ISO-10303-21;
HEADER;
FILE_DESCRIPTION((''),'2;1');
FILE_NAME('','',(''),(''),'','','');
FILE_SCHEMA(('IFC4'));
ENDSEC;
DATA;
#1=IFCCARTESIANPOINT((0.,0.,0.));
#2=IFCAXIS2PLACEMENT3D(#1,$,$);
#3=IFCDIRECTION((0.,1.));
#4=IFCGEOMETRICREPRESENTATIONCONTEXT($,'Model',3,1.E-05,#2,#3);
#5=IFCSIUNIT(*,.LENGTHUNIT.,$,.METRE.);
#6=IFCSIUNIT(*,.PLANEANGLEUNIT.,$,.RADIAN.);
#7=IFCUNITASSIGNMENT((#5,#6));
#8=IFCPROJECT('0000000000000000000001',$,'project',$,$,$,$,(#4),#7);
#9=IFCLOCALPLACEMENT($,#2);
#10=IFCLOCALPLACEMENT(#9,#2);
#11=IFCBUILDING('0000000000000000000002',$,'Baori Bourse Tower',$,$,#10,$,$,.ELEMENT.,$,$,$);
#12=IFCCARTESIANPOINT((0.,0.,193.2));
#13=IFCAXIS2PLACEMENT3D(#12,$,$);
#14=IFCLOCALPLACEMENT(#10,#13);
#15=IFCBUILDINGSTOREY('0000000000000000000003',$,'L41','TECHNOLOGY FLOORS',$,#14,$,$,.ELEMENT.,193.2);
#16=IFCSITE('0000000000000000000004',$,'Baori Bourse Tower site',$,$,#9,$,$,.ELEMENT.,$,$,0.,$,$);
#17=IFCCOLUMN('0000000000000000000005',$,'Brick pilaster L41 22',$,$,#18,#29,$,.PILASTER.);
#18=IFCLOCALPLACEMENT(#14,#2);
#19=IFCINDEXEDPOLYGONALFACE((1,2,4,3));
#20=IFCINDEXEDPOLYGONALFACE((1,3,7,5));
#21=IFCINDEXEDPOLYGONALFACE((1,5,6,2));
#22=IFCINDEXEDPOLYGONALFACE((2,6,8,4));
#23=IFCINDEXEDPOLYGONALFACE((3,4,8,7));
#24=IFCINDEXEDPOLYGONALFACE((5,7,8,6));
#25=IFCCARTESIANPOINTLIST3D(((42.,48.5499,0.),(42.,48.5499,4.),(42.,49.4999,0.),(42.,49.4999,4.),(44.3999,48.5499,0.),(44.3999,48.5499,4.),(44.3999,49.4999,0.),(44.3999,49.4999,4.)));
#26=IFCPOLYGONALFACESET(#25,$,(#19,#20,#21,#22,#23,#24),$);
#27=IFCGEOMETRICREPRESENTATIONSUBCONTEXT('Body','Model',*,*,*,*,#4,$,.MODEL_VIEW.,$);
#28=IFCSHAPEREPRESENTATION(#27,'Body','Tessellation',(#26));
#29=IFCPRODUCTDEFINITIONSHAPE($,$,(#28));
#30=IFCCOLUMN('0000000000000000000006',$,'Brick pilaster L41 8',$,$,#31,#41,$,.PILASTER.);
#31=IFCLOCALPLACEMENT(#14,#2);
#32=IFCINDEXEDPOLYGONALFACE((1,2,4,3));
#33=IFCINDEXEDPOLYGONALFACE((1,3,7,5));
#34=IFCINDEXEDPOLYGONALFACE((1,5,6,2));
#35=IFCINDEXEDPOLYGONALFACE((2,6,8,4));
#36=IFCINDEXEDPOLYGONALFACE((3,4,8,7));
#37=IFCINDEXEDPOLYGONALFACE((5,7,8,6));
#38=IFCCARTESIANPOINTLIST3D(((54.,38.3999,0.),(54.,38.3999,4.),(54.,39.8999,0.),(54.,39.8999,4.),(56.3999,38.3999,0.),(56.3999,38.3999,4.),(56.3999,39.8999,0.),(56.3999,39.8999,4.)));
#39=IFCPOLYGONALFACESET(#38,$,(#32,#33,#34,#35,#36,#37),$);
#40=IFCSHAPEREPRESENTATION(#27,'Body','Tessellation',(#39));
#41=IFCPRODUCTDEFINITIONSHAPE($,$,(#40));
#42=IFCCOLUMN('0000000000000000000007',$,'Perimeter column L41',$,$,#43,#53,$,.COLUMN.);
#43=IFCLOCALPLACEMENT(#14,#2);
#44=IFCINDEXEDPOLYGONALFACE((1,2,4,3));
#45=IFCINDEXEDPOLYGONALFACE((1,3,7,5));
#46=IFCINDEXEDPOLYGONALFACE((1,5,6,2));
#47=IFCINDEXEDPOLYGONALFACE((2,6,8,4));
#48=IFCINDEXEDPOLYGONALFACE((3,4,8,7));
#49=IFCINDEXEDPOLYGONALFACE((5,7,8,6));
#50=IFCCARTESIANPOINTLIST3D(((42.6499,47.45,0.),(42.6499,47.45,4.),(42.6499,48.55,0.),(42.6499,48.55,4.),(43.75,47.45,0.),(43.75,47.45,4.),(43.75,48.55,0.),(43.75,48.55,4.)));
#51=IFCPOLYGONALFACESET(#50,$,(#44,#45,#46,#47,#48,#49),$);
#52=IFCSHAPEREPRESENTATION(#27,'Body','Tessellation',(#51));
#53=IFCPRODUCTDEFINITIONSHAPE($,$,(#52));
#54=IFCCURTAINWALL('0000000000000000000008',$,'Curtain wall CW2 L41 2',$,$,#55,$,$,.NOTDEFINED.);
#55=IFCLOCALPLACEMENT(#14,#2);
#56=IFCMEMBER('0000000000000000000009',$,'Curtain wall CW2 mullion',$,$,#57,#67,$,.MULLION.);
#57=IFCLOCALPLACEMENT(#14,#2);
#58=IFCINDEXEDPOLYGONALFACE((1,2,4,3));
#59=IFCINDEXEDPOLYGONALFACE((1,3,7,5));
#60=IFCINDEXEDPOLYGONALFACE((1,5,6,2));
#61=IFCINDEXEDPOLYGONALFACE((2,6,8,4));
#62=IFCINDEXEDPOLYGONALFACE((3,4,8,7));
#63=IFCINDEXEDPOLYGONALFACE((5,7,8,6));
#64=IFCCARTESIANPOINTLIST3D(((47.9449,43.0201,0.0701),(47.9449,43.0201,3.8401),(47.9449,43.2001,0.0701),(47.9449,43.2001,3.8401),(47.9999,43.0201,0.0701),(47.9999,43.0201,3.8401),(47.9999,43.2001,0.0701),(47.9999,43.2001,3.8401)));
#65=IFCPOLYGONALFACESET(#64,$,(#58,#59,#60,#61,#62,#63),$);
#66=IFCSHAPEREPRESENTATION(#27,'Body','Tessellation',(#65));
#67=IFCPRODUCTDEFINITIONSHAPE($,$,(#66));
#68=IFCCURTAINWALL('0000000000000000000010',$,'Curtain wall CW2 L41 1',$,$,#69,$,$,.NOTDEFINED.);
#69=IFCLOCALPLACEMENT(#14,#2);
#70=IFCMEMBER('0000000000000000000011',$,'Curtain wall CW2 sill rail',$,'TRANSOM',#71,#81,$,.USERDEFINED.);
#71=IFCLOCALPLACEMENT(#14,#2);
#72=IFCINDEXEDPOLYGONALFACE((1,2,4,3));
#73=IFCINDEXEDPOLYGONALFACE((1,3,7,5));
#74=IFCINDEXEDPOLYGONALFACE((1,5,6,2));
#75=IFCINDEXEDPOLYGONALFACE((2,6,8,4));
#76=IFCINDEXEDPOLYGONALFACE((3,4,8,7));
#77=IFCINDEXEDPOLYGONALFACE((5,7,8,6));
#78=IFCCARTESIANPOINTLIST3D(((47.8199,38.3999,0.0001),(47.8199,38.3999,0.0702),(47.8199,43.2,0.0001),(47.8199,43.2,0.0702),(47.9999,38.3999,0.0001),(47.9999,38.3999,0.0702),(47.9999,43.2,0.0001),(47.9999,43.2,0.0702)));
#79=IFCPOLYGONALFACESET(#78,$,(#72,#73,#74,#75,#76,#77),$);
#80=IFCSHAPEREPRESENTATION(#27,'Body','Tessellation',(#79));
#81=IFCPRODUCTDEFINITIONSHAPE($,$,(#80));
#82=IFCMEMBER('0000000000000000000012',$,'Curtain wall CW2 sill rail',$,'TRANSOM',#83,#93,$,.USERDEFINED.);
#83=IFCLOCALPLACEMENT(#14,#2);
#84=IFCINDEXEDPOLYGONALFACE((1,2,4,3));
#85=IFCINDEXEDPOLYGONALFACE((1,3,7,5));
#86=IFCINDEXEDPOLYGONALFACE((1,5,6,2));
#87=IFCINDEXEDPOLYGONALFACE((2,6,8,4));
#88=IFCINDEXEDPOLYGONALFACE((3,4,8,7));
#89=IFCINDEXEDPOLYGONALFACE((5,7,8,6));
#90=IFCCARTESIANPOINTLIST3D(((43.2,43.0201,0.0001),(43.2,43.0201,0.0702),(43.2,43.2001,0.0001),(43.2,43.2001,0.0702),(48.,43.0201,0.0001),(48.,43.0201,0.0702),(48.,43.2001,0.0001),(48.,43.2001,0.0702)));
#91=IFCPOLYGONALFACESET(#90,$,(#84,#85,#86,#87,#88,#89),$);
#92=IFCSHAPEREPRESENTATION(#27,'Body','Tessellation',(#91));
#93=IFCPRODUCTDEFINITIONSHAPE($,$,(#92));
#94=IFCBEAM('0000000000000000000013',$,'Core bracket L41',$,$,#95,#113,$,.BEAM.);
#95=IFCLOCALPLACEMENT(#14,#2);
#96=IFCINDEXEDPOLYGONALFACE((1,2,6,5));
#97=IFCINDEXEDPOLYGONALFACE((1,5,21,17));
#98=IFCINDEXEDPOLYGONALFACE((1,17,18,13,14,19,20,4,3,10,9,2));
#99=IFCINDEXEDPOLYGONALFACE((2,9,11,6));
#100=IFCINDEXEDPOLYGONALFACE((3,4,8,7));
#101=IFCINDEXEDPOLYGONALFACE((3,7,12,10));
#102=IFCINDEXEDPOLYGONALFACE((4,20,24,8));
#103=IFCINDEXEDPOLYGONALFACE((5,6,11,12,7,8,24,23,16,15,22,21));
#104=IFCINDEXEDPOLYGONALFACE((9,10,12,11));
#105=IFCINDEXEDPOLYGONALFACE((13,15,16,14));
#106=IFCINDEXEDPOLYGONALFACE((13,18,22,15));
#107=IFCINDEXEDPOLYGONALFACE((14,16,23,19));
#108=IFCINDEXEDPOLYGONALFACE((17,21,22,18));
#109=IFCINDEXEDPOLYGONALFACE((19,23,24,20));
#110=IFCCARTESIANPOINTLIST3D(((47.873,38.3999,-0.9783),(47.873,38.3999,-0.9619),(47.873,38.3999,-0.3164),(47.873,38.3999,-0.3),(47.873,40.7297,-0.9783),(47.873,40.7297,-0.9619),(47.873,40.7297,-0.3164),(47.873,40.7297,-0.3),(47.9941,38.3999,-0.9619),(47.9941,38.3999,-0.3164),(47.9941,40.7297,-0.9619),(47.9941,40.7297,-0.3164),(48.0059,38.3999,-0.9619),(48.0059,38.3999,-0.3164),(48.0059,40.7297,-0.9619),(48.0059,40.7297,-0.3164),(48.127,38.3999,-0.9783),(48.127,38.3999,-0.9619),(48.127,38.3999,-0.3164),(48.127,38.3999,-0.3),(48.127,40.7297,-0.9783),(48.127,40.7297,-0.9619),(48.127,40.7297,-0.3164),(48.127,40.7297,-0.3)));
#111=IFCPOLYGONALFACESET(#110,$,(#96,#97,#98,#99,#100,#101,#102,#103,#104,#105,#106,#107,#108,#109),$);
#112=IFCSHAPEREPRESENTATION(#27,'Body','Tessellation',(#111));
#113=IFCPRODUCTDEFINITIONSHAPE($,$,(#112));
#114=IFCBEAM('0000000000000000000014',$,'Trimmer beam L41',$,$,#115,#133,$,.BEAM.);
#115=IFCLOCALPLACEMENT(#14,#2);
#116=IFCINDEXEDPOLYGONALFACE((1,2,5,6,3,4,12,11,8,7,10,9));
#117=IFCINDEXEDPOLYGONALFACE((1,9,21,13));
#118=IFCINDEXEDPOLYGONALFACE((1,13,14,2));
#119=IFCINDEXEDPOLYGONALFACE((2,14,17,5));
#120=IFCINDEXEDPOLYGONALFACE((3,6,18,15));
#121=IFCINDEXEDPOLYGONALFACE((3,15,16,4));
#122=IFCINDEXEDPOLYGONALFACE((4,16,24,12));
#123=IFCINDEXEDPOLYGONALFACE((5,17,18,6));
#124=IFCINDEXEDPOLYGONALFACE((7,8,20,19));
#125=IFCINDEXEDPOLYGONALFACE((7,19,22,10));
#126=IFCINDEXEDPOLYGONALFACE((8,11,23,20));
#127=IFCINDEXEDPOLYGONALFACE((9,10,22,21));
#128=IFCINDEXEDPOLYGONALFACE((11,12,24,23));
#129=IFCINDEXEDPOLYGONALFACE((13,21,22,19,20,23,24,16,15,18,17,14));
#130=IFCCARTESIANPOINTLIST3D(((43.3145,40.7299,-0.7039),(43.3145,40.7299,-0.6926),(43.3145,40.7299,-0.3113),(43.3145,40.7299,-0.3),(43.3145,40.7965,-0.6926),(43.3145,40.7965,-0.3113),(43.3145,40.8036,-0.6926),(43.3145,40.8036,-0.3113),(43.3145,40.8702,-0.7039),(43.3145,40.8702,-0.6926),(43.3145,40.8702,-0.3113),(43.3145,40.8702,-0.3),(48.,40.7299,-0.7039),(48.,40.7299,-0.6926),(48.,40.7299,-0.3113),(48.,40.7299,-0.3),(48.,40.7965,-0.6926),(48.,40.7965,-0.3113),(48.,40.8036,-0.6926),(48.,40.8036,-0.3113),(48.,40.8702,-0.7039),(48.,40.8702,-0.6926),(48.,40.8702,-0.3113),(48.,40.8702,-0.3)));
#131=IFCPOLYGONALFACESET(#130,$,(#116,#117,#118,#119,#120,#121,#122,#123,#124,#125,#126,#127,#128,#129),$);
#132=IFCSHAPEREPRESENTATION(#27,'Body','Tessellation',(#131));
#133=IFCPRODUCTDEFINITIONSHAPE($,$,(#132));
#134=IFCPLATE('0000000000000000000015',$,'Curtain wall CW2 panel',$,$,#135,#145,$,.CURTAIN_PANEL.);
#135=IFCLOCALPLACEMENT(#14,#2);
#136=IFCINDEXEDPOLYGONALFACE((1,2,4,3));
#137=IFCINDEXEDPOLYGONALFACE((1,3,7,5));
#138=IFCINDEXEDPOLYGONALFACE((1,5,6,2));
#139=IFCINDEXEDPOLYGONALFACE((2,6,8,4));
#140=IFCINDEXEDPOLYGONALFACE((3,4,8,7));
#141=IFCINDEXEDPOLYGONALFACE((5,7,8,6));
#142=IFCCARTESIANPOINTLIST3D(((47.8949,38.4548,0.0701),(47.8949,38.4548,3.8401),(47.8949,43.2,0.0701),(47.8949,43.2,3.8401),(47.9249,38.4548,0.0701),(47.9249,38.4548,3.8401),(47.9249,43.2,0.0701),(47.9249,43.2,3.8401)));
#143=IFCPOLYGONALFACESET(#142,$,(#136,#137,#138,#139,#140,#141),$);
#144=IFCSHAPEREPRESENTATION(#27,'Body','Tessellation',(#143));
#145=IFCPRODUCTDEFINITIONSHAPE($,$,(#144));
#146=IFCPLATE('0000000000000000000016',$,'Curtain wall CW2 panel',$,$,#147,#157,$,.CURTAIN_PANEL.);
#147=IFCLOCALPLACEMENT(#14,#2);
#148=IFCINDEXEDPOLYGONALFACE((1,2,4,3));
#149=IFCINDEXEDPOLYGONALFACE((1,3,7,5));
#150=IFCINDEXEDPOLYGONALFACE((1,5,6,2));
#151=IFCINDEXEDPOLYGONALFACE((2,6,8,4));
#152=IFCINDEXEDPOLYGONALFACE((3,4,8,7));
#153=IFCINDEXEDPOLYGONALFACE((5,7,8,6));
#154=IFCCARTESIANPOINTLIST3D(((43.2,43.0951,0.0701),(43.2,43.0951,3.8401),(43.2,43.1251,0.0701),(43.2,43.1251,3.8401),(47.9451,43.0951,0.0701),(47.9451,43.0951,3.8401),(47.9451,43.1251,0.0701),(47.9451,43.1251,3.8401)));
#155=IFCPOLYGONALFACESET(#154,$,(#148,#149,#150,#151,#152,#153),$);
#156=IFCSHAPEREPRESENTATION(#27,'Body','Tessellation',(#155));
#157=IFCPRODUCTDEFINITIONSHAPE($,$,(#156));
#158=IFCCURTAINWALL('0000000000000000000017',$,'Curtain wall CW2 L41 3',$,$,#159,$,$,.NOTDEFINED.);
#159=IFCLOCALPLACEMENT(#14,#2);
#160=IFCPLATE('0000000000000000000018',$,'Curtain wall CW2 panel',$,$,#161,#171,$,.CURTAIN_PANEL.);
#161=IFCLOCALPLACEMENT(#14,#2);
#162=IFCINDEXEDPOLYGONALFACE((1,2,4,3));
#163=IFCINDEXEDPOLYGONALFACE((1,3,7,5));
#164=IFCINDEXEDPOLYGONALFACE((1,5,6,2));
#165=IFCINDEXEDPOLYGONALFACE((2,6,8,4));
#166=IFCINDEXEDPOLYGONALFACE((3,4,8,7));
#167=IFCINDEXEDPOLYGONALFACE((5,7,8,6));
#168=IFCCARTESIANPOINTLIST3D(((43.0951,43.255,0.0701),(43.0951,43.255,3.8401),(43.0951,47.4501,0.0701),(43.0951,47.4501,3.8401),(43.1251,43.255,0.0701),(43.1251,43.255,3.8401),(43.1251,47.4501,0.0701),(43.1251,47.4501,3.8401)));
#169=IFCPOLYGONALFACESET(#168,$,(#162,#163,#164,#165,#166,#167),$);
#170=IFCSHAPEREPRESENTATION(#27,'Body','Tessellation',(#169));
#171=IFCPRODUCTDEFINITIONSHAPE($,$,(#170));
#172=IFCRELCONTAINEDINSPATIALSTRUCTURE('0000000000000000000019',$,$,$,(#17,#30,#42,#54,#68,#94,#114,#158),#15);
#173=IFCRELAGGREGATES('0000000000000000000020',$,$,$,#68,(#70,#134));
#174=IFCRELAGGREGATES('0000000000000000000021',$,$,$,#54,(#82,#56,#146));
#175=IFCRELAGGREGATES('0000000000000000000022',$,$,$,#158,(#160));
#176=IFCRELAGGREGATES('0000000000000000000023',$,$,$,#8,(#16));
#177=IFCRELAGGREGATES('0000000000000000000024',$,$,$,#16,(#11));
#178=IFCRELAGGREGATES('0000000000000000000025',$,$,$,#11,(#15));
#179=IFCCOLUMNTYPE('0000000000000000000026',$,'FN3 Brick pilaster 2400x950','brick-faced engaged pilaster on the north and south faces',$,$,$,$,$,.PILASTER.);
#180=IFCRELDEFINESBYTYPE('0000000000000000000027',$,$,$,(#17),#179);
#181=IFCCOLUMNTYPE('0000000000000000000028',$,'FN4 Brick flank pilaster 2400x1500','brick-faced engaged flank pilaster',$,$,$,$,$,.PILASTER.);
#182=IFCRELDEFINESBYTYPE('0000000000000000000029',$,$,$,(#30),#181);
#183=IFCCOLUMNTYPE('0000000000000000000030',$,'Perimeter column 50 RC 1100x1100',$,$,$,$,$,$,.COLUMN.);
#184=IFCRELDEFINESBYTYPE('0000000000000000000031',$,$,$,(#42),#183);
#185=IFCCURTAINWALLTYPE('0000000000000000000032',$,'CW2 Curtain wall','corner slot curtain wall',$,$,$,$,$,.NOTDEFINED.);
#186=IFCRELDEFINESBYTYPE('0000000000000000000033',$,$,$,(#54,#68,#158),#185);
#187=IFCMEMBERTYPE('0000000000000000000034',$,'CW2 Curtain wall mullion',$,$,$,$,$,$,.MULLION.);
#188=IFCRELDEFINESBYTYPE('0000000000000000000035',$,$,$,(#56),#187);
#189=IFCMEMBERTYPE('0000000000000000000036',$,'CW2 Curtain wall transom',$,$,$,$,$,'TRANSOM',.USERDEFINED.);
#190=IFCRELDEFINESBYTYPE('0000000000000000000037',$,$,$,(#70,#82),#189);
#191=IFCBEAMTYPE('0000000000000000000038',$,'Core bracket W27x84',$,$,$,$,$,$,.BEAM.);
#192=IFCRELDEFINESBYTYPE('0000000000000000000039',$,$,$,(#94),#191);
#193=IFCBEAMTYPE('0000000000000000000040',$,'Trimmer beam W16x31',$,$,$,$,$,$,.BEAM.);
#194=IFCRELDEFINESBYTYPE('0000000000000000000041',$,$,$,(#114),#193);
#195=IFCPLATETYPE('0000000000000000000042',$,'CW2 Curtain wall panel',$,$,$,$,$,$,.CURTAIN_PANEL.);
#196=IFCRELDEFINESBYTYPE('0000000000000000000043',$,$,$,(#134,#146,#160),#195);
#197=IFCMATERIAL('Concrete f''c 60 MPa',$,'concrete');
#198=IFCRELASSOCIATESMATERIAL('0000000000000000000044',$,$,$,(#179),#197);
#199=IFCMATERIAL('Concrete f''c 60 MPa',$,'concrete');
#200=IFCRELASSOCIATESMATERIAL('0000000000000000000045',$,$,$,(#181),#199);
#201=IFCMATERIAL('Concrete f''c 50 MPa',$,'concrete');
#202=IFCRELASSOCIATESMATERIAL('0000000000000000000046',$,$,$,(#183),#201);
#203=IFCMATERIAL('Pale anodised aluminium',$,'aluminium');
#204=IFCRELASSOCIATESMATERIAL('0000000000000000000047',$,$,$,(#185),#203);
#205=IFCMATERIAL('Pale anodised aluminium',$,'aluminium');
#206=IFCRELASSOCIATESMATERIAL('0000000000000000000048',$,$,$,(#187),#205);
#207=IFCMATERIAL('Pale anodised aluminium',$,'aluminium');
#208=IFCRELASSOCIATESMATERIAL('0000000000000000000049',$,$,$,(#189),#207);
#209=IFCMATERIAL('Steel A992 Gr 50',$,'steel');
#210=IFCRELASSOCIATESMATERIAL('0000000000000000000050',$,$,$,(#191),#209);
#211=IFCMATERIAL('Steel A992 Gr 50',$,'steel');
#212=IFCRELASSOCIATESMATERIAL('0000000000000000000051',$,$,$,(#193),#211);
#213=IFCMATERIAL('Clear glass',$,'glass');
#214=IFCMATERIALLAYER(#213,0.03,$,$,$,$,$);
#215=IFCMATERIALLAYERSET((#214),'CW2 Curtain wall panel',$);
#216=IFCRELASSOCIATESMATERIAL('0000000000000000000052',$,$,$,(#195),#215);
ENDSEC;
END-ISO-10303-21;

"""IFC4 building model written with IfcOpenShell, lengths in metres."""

from ifc_helpers import new_model, si_unit, direction, frame, origin, origin_2d, place, context, subcontext, project, spatial, rectangle, i_section, extrude, material, layer, layer_set, material_profile, profile_set, type_object, element, aggregate, save


model = new_model("IFC4")

# Units and contexts
model_context = context("Model", 3, precision=1e-05, world=origin(), true_north=direction((0.0, 1.0)))
body_context = subcontext(model_context, "Body", "Model", "MODEL_VIEW")
ifc_project = project(units=[si_unit("LENGTHUNIT", "METRE"), si_unit("PLANEANGLEUNIT", "RADIAN")], contexts=[model_context])

# Site, building, storey
site_placement = place(None, origin())
site = spatial("IfcSite", under=ifc_project, at=site_placement, Name="Baori Bourse Tower site", CompositionType="ELEMENT", RefElevation=0.0)
building_placement = place(site_placement, origin())
building = spatial("IfcBuilding", under=site, at=building_placement, Name="Baori Bourse Tower", CompositionType="ELEMENT")
storey_placement = place(building_placement, frame((0.0, 0.0, 193.2)))
storey = spatial("IfcBuildingStorey", under=building, at=storey_placement, Name="L41", Description="TECHNOLOGY FLOORS", CompositionType="ELEMENT", Elevation=193.2)

# Columns
ifc_material_1 = material(Name="Concrete f'c 60 MPa", Category="concrete")
ifc_material_profile_1 = material_profile(ifc_material_1, rectangle(XDim=2.3999, YDim=0.95, at=origin_2d()), Name="RC 2400x950")
ifc_profile_set_1 = profile_set([ifc_material_profile_1], Name="Concrete f'c 60 MPa")
column_type_1 = type_object("IfcColumnType", Name="FN3 Brick pilaster 2400x950", Description="brick-faced engaged pilaster on the north and south faces", PredefinedType="PILASTER", material=ifc_profile_set_1)
column_1_placement = place(storey_placement, frame((43.2, 49.0249, 0.0), z_axis=(0.0, 0.0, 1.0), x_axis=(1.0, 0.0, 0.0)))
element("IfcColumn", 1, at=column_1_placement, inside=storey, type_object=column_type_1, Name="Brick pilaster L41 22", PredefinedType="PILASTER", context=body_context, shape_type="SweptSolid", body=[
    extrude(rectangle(XDim=2.3999, YDim=0.95, at=origin_2d()), origin(), (0.0, 0.0, 1.0), 4.0),
])
ifc_material_2 = material(Name="Concrete f'c 60 MPa", Category="concrete")
ifc_material_profile_2 = material_profile(ifc_material_2, rectangle(XDim=2.3999, YDim=1.5, at=origin_2d()), Name="RC 2400x1500")
ifc_profile_set_2 = profile_set([ifc_material_profile_2], Name="Concrete f'c 60 MPa")
column_type_2 = type_object("IfcColumnType", Name="FN4 Brick flank pilaster 2400x1500", Description="brick-faced engaged flank pilaster", PredefinedType="PILASTER", material=ifc_profile_set_2)
column_2_placement = place(storey_placement, frame((55.2, 39.1499, 0.0), z_axis=(0.0, 0.0, 1.0), x_axis=(1.0, 0.0, 0.0)))
element("IfcColumn", 2, at=column_2_placement, inside=storey, type_object=column_type_2, Name="Brick pilaster L41 8", PredefinedType="PILASTER", context=body_context, shape_type="SweptSolid", body=[
    extrude(rectangle(XDim=2.3999, YDim=1.5, at=origin_2d()), origin(), (0.0, 0.0, 1.0), 4.0),
])
ifc_material_3 = material(Name="Concrete f'c 50 MPa", Category="concrete")
ifc_material_profile_3 = material_profile(ifc_material_3, rectangle(XDim=1.1001, YDim=1.1001, at=origin_2d()), Name="RC 1100x1100")
ifc_profile_set_3 = profile_set([ifc_material_profile_3], Name="Concrete f'c 50 MPa")
column_type_3 = type_object("IfcColumnType", Name="Perimeter column 50 RC 1100x1100", PredefinedType="COLUMN", material=ifc_profile_set_3)
column_3_placement = place(storey_placement, frame((43.2, 48.0, 0.0), z_axis=(0.0, 0.0, 1.0), x_axis=(1.0, 0.0, 0.0)))
element("IfcColumn", 3, at=column_3_placement, inside=storey, type_object=column_type_3, Name="Perimeter column L41", PredefinedType="COLUMN", context=body_context, shape_type="SweptSolid", body=[
    extrude(rectangle(XDim=1.1001, YDim=1.1001, at=origin_2d()), origin(), (0.0, 0.0, 1.0), 4.0),
])

# Curtain walls, members
ifc_material_4 = material(Name="Pale anodised aluminium", Category="aluminium")
curtain_wall_type = type_object("IfcCurtainWallType", Name="CW2 Curtain wall", Description="corner slot curtain wall", PredefinedType="NOTDEFINED", material=ifc_material_4)
curtain_wall_1_placement = place(storey_placement, origin())
curtain_wall_1 = element("IfcCurtainWall", 4, at=curtain_wall_1_placement, inside=storey, type_object=curtain_wall_type, Name="Curtain wall CW2 L41 2", PredefinedType="NOTDEFINED")
ifc_material_5 = material(Name="Pale anodised aluminium", Category="aluminium")
ifc_material_profile_4 = material_profile(ifc_material_5, rectangle(XDim=0.1799, YDim=0.0549, at=origin_2d()), Name="Mullion 55x180")
ifc_profile_set_4 = profile_set([ifc_material_profile_4], Name="Pale anodised aluminium")
member_type_1 = type_object("IfcMemberType", Name="CW2 Curtain wall mullion", PredefinedType="MULLION", material=ifc_profile_set_4)
member_1_placement = place(storey_placement, frame((47.9724, 43.1101, 0.0701), z_axis=(0.0, 0.0, 1.0), x_axis=(0.0, -1.0, 0.0)))
member_1 = element("IfcMember", 5, at=member_1_placement, type_object=member_type_1, Name="Curtain wall CW2 mullion", PredefinedType="MULLION", context=body_context, shape_type="SweptSolid", body=[
    extrude(rectangle(XDim=0.1799, YDim=0.0549, at=origin_2d()), origin(), (0.0, 0.0, 1.0), 3.77),
])
curtain_wall_2_placement = place(storey_placement, origin())
curtain_wall_2 = element("IfcCurtainWall", 6, at=curtain_wall_2_placement, inside=storey, type_object=curtain_wall_type, Name="Curtain wall CW2 L41 1", PredefinedType="NOTDEFINED")
ifc_material_6 = material(Name="Pale anodised aluminium", Category="aluminium")
ifc_material_profile_5 = material_profile(ifc_material_6, rectangle(XDim=0.1799, YDim=0.0701, at=origin_2d()), Name="Transom 70x180")
ifc_profile_set_5 = profile_set([ifc_material_profile_5], Name="Pale anodised aluminium")
member_type_2 = type_object("IfcMemberType", Name="CW2 Curtain wall transom", ElementType="TRANSOM", PredefinedType="USERDEFINED", material=ifc_profile_set_5)
member_2_placement = place(storey_placement, frame((47.9099, 38.3999, 0.0352), z_axis=(0.0, 1.0, 0.0), x_axis=(-1.0, 0.0, 0.0)))
member_2 = element("IfcMember", 7, at=member_2_placement, type_object=member_type_2, Name="Curtain wall CW2 sill rail", ObjectType="TRANSOM", PredefinedType="USERDEFINED", context=body_context, shape_type="SweptSolid", body=[
    extrude(rectangle(XDim=0.1799, YDim=0.0701, at=origin_2d()), origin(), (0.0, 0.0, 1.0), 4.8),
])

# Member
member_3_placement = place(storey_placement, frame((48.0, 43.1101, 0.0352), z_axis=(-1.0, 0.0, 0.0), x_axis=(0.0, -1.0, 0.0)))
member_3 = element("IfcMember", 8, at=member_3_placement, type_object=member_type_2, Name="Curtain wall CW2 sill rail", ObjectType="TRANSOM", PredefinedType="USERDEFINED", context=body_context, shape_type="SweptSolid", body=[
    extrude(rectangle(XDim=0.1799, YDim=0.0701, at=origin_2d()), origin(), (0.0, 0.0, 1.0), 4.8),
])

# Beams
ifc_material_7 = material(Name="Steel A992 Gr 50", Category="steel")
ifc_material_profile_6 = material_profile(ifc_material_7, i_section(OverallWidth=0.2539, OverallDepth=0.6782, WebThickness=0.0117, FlangeThickness=0.0164, at=origin_2d()), Name="W27x84")
ifc_profile_set_6 = profile_set([ifc_material_profile_6], Name="Steel A992 Gr 50")
beam_type_1 = type_object("IfcBeamType", Name="Core bracket W27x84", PredefinedType="BEAM", material=ifc_profile_set_6)
beam_1_placement = place(storey_placement, frame((48.0, 38.3999, -0.6392), z_axis=(0.0, 1.0, 0.0), x_axis=(-1.0, 0.0, 0.0)))
element("IfcBeam", 9, at=beam_1_placement, inside=storey, type_object=beam_type_1, Name="Core bracket L41", PredefinedType="BEAM", context=body_context, shape_type="SweptSolid", body=[
    extrude(i_section(OverallWidth=0.2539, OverallDepth=0.6782, WebThickness=0.0117, FlangeThickness=0.0164, at=origin_2d()), origin(), (0.0, 0.0, 1.0), 2.3298),
])
ifc_material_8 = material(Name="Steel A992 Gr 50", Category="steel")
ifc_material_profile_7 = material_profile(ifc_material_8, i_section(OverallWidth=0.1404, OverallDepth=0.4038, WebThickness=0.0071, FlangeThickness=0.0112, at=origin_2d()), Name="W16x31")
ifc_profile_set_7 = profile_set([ifc_material_profile_7], Name="Steel A992 Gr 50")
beam_type_2 = type_object("IfcBeamType", Name="Trimmer beam W16x31", PredefinedType="BEAM", material=ifc_profile_set_7)
beam_2_placement = place(storey_placement, frame((43.3145, 40.8, -0.502), z_axis=(1.0, 0.0, 0.0), x_axis=(0.0, 1.0, 0.0)))
element("IfcBeam", 10, at=beam_2_placement, inside=storey, type_object=beam_type_2, Name="Trimmer beam L41", PredefinedType="BEAM", context=body_context, shape_type="SweptSolid", body=[
    extrude(i_section(OverallWidth=0.1404, OverallDepth=0.4038, WebThickness=0.0071, FlangeThickness=0.0112, at=origin_2d()), origin(), (0.0, 0.0, 1.0), 4.6855),
])

# Plates
ifc_material_9 = material(Name="Clear glass", Category="glass")
ifc_layer_1 = layer(ifc_material_9, 0.03)
ifc_layer_set_1 = layer_set([ifc_layer_1], Name="CW2 Curtain wall panel")
plate_type = type_object("IfcPlateType", Name="CW2 Curtain wall panel", PredefinedType="CURTAIN_PANEL", material=ifc_layer_set_1)
plate_1_placement = place(storey_placement, frame((47.9099, 40.8274, 0.0701), z_axis=(0.0, 0.0, 1.0), x_axis=(0.0, 1.0, 0.0)))
plate_1 = element("IfcPlate", 11, at=plate_1_placement, type_object=plate_type, Name="Curtain wall CW2 panel", PredefinedType="CURTAIN_PANEL", context=body_context, shape_type="SweptSolid", body=[
    extrude(rectangle(XDim=4.7451, YDim=0.03, at=origin_2d()), origin(), (0.0, 0.0, 1.0), 3.77),
])
aggregate(curtain_wall_2, [member_2, plate_1])
plate_2_placement = place(storey_placement, frame((45.5725, 43.1101, 0.0701), z_axis=(0.0, 0.0, 1.0), x_axis=(-1.0, 0.0, 0.0)))
plate_2 = element("IfcPlate", 12, at=plate_2_placement, type_object=plate_type, Name="Curtain wall CW2 panel", PredefinedType="CURTAIN_PANEL", context=body_context, shape_type="SweptSolid", body=[
    extrude(rectangle(XDim=4.7451, YDim=0.03, at=origin_2d()), origin(), (0.0, 0.0, 1.0), 3.77),
])
aggregate(curtain_wall_1, [member_3, member_1, plate_2])

# Curtain wall, plate
curtain_wall_3_placement = place(storey_placement, origin())
curtain_wall_3 = element("IfcCurtainWall", 13, at=curtain_wall_3_placement, inside=storey, type_object=curtain_wall_type, Name="Curtain wall CW2 L41 3", PredefinedType="NOTDEFINED")
plate_3_placement = place(storey_placement, frame((43.1101, 45.3525, 0.0701), z_axis=(0.0, 0.0, 1.0), x_axis=(0.0, 1.0, 0.0)))
plate_3 = element("IfcPlate", 14, at=plate_3_placement, type_object=plate_type, Name="Curtain wall CW2 panel", PredefinedType="CURTAIN_PANEL", context=body_context, shape_type="SweptSolid", body=[
    extrude(rectangle(XDim=4.1951, YDim=0.03, at=origin_2d()), origin(), (0.0, 0.0, 1.0), 3.77),
])
aggregate(curtain_wall_3, [plate_3])

save(model, "model.ifc")
